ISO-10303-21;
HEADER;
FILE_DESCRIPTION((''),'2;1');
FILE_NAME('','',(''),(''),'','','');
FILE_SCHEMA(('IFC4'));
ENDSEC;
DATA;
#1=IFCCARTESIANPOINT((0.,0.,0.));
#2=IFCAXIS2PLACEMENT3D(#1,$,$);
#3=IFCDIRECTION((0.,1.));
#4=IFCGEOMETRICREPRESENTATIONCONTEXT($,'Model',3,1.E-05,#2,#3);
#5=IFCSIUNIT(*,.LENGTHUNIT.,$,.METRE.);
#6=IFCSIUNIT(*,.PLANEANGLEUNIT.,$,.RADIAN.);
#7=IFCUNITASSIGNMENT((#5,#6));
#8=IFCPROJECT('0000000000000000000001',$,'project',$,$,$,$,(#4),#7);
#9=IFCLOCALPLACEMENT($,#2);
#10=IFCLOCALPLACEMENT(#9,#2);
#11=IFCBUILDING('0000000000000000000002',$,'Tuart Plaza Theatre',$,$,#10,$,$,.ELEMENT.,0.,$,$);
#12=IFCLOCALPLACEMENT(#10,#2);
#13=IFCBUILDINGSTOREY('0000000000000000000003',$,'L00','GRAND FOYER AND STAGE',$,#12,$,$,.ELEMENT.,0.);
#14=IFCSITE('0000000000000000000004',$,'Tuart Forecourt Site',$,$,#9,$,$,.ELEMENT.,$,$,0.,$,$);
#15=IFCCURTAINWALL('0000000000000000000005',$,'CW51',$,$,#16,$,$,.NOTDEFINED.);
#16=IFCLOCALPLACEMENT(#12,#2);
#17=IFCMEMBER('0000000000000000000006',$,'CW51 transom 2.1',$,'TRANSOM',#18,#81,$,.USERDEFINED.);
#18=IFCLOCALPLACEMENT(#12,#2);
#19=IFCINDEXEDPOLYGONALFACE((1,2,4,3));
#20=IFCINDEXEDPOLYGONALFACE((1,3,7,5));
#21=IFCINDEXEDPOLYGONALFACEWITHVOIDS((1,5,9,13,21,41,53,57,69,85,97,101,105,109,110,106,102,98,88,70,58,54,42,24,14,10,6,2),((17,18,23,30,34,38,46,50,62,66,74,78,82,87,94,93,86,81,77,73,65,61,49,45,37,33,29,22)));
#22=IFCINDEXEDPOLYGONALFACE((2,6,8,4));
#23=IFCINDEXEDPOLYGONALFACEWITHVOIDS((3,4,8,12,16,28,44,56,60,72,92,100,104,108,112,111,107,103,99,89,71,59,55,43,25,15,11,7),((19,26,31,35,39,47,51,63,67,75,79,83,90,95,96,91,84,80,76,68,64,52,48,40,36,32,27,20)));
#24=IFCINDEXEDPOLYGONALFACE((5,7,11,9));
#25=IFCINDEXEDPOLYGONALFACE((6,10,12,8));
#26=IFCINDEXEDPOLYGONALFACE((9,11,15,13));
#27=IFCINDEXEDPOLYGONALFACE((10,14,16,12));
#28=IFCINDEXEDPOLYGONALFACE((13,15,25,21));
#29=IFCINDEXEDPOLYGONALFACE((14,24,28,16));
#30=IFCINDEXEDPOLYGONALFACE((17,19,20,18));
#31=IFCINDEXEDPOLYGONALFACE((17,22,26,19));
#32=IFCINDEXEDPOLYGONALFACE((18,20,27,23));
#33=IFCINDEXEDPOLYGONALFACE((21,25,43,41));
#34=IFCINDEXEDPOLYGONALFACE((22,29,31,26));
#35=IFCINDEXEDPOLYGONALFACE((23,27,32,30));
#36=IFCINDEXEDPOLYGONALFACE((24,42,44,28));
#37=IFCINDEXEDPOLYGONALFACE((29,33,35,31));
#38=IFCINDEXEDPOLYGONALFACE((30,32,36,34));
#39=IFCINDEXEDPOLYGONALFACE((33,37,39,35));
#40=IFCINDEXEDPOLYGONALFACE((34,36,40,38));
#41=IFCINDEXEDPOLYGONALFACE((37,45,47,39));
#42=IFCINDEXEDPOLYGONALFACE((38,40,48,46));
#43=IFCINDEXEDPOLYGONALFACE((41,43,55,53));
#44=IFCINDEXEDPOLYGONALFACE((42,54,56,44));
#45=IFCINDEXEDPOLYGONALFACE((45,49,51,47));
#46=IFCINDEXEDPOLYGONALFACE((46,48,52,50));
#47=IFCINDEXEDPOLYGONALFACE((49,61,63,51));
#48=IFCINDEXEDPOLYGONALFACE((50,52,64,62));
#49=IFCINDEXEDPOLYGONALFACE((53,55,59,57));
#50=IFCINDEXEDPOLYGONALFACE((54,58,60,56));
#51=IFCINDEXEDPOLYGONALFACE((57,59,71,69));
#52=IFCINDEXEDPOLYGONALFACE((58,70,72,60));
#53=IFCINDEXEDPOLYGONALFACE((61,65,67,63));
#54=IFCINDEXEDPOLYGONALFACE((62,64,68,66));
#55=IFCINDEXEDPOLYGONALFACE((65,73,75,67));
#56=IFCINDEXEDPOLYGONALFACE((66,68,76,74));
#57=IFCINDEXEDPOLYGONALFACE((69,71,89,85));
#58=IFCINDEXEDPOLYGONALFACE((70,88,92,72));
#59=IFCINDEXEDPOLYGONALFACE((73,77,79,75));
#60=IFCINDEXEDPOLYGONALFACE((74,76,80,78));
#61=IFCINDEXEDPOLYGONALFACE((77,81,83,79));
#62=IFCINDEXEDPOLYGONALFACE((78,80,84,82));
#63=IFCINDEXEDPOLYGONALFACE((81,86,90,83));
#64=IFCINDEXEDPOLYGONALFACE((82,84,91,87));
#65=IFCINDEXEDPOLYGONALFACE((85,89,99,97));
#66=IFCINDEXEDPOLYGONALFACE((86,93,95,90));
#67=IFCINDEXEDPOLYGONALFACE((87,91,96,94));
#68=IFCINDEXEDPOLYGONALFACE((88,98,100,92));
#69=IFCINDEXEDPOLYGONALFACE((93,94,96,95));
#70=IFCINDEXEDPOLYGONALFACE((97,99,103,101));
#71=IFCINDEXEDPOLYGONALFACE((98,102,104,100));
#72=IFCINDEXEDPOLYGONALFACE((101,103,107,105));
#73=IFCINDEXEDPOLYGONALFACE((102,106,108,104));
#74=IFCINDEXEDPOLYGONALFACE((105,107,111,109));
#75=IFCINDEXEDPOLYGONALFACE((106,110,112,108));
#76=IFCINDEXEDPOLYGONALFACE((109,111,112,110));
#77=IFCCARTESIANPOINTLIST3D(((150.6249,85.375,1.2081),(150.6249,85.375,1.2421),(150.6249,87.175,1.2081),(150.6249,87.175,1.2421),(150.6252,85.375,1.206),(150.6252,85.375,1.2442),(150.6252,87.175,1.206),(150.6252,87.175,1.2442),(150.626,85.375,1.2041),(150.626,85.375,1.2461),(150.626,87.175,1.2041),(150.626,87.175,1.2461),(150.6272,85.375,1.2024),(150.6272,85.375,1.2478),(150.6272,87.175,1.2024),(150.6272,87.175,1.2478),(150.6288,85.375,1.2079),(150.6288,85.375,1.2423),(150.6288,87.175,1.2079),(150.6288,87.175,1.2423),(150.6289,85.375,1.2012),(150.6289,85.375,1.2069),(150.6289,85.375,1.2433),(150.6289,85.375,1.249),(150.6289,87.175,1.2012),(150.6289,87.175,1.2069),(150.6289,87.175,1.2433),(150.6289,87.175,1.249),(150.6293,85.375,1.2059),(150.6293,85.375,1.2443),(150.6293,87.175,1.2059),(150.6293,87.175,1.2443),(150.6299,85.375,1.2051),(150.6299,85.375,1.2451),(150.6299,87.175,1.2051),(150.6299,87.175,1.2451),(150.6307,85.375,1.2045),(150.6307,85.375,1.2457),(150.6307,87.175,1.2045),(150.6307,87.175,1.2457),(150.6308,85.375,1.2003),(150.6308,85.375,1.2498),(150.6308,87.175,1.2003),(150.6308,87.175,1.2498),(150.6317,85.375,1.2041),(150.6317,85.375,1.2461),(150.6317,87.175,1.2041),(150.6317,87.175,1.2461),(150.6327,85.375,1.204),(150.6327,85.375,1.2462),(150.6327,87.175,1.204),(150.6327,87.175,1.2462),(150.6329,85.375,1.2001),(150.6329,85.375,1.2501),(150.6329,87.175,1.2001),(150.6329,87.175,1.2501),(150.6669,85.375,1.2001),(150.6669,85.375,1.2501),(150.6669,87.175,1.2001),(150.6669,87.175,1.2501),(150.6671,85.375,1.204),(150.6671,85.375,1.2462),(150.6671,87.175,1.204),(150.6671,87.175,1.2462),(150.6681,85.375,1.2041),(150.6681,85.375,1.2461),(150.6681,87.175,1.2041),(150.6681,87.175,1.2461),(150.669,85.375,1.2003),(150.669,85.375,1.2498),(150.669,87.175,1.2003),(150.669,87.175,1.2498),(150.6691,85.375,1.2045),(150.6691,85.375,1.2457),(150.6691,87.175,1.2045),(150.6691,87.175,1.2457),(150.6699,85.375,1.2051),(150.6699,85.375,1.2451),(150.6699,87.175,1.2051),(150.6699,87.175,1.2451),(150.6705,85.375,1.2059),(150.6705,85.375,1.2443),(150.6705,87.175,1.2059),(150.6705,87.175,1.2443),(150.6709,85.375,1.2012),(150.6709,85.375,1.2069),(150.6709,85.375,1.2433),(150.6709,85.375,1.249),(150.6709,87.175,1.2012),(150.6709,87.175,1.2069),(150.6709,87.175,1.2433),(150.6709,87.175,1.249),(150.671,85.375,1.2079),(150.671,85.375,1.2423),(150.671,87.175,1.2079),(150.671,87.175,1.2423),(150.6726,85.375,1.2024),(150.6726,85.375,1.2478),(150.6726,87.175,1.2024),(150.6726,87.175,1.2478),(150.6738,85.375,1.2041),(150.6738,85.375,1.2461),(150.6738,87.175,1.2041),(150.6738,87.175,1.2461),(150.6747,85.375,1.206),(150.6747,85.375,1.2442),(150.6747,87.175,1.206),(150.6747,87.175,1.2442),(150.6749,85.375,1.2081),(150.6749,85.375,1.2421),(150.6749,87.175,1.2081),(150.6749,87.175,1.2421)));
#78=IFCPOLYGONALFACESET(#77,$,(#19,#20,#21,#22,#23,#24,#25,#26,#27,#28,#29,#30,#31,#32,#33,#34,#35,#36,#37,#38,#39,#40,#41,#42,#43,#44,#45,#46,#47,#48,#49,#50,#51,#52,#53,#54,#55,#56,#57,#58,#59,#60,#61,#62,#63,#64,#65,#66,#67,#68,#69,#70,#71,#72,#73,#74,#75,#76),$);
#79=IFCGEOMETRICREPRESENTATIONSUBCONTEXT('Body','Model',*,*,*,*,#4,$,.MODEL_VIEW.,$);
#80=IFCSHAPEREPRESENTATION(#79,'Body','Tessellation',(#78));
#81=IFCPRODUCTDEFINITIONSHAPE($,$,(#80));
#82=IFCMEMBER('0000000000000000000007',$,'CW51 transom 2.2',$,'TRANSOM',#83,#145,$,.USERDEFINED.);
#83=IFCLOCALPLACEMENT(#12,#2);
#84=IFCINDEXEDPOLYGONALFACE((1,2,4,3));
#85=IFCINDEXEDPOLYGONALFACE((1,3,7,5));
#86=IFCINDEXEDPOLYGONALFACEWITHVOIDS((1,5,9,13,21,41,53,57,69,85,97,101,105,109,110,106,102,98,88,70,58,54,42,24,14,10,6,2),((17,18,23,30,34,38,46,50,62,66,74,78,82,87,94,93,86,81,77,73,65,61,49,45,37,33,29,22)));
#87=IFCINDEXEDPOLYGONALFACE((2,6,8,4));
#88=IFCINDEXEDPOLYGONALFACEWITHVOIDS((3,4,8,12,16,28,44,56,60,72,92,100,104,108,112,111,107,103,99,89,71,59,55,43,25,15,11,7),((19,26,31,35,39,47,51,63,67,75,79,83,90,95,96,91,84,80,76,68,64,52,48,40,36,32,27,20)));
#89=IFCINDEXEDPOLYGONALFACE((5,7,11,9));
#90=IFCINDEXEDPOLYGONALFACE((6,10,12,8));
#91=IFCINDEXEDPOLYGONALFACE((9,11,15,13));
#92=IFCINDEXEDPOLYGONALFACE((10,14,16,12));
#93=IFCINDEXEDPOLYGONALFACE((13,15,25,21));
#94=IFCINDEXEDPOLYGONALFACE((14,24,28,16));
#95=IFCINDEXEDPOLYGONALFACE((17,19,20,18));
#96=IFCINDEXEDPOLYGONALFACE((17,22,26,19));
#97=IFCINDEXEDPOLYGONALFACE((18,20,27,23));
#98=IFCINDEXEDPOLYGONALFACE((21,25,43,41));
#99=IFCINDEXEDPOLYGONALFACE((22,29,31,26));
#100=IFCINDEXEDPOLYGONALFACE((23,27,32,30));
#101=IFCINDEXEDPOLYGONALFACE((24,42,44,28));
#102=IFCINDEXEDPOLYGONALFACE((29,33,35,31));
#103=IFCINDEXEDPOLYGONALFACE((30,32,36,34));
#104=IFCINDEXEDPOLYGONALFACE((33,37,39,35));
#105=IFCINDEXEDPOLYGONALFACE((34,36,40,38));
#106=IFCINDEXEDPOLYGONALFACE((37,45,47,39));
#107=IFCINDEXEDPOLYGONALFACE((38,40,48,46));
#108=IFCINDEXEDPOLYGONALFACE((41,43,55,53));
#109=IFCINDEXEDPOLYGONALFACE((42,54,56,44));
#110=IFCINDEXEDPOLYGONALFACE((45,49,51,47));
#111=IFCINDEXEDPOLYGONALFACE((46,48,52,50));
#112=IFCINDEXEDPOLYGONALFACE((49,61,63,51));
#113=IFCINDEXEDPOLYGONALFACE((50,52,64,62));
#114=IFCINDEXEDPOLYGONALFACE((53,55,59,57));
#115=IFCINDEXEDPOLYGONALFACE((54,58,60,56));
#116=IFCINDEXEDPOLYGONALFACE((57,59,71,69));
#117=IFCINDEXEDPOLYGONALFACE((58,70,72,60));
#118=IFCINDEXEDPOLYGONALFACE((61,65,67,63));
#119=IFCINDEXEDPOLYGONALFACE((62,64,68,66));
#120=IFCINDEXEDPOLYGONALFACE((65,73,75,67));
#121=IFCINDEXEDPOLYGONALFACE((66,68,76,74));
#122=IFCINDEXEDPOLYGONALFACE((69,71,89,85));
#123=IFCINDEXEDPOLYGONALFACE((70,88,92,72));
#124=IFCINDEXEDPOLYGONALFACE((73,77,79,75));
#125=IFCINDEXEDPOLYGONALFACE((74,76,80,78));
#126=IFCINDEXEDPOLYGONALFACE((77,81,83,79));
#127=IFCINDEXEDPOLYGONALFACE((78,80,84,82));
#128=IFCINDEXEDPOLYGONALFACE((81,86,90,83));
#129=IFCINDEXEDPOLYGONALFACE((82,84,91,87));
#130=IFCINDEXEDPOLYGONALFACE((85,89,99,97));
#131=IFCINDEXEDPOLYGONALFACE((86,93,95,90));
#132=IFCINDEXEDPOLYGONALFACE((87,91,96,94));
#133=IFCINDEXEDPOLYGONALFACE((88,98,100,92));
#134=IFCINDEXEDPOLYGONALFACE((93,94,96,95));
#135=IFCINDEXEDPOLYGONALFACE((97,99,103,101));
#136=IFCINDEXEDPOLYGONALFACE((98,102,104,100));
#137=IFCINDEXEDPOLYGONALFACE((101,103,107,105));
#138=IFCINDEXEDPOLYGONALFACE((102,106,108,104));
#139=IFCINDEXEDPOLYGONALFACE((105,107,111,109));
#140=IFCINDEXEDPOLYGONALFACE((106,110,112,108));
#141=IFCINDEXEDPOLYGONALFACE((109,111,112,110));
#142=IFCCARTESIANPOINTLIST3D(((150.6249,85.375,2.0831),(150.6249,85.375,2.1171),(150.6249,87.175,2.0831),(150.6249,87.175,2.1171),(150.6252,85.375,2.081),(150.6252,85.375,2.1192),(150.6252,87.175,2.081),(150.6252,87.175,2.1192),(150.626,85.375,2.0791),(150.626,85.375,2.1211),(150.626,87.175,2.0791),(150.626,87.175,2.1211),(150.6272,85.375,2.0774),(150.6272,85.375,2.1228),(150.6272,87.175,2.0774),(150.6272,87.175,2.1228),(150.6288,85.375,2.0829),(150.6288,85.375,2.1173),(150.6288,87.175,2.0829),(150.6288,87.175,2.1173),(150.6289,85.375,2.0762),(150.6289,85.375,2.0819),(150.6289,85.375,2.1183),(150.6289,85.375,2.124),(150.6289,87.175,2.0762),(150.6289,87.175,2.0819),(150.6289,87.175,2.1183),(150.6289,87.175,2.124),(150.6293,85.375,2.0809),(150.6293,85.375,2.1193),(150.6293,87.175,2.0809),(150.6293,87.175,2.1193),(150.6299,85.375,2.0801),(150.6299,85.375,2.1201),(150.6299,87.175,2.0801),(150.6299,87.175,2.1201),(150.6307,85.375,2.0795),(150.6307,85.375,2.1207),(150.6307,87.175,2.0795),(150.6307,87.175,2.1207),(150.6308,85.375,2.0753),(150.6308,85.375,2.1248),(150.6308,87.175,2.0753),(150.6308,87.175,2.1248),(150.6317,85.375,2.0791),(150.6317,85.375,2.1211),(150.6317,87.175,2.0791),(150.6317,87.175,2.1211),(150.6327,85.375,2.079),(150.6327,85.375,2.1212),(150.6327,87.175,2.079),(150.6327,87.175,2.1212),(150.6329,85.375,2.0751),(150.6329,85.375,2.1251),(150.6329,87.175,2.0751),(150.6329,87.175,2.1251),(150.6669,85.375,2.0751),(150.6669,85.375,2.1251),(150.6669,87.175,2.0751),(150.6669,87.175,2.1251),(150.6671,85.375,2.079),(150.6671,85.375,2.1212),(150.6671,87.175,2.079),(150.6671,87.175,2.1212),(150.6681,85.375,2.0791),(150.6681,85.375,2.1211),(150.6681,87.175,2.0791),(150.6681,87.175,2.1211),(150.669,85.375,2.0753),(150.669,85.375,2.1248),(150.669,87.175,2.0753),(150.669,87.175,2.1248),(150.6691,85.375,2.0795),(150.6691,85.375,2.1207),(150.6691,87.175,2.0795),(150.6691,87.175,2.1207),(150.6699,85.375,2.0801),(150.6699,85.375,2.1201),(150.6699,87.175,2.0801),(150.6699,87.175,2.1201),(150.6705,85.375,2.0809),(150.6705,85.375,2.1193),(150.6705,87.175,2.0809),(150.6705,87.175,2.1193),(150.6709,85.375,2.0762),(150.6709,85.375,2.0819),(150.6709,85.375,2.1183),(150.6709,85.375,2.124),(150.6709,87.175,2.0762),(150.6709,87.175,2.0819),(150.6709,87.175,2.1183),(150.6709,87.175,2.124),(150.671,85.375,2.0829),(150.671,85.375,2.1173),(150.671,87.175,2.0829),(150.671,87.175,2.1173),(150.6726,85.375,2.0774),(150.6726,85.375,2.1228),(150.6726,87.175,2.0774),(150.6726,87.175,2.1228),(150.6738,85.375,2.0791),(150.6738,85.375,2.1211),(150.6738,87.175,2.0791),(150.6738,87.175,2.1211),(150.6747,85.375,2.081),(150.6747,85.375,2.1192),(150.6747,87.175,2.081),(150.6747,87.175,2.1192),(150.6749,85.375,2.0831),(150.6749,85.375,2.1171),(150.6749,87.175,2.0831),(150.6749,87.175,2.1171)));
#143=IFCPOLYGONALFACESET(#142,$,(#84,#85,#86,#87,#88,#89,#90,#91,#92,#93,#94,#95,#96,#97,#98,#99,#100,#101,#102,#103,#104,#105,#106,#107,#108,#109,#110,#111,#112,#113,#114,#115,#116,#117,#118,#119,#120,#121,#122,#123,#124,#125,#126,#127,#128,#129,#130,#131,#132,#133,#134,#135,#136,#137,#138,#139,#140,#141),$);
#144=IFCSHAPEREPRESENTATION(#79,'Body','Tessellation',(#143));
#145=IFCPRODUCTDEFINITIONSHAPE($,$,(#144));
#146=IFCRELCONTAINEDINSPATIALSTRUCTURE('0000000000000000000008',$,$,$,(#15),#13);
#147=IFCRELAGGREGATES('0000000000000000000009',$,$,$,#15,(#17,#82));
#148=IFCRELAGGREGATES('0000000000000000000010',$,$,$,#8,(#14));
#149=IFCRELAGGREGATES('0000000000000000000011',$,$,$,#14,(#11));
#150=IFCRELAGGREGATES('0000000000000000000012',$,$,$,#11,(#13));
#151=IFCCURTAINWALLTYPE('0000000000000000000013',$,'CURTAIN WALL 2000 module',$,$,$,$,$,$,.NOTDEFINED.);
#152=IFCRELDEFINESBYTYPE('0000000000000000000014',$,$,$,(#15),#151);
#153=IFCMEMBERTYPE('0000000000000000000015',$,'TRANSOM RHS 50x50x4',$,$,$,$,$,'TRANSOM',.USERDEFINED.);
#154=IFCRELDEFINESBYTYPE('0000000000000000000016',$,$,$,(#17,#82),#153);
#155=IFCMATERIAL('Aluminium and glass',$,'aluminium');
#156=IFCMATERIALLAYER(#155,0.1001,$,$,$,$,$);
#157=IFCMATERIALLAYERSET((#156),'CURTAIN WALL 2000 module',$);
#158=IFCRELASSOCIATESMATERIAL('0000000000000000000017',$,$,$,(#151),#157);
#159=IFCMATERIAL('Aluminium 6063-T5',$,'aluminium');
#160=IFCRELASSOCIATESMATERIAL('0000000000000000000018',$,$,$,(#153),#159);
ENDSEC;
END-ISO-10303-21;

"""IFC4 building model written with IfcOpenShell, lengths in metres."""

from ifc_helpers import new_model, si_unit, direction, frame, origin, origin_2d, place, context, subcontext, project, spatial, hollow_rectangle, extrude, material, layer, layer_set, material_profile, profile_set, type_object, element, aggregate, save


model = new_model("IFC4")

# Units and contexts
model_context = context("Model", 3, precision=1e-05, world=origin(), true_north=direction((0.0, 1.0)))
body_context = subcontext(model_context, "Body", "Model", "MODEL_VIEW")
ifc_project = project(units=[si_unit("LENGTHUNIT", "METRE"), si_unit("PLANEANGLEUNIT", "RADIAN")], contexts=[model_context])

# Site, building, storey
site_placement = place(None, origin())
site = spatial("IfcSite", under=ifc_project, at=site_placement, Name="Tuart Forecourt Site", CompositionType="ELEMENT", RefElevation=0.0)
building_placement = place(site_placement, origin())
building = spatial("IfcBuilding", under=site, at=building_placement, Name="Tuart Plaza Theatre", CompositionType="ELEMENT", ElevationOfRefHeight=0.0)
storey_placement = place(building_placement, origin())
storey = spatial("IfcBuildingStorey", under=building, at=storey_placement, Name="L00", Description="GRAND FOYER AND STAGE", CompositionType="ELEMENT", Elevation=0.0)

# Curtain wall, members
ifc_material_1 = material(Name="Aluminium and glass", Category="aluminium")
ifc_layer_1 = layer(ifc_material_1, 0.1001)
ifc_layer_set_1 = layer_set([ifc_layer_1], Name="CURTAIN WALL 2000 module")
curtain_wall_type = type_object("IfcCurtainWallType", Name="CURTAIN WALL 2000 module", PredefinedType="NOTDEFINED", material=ifc_layer_set_1)
curtain_wall_placement = place(storey_placement, origin())
curtain_wall = element("IfcCurtainWall", 1, at=curtain_wall_placement, inside=storey, type_object=curtain_wall_type, Name="CW51", PredefinedType="NOTDEFINED")
ifc_material_2 = material(Name="Aluminium 6063-T5", Category="aluminium")
ifc_material_profile_1 = material_profile(ifc_material_2, hollow_rectangle(XDim=0.05, YDim=0.05, WallThickness=0.0039, InnerFilletRadius=0.0039, OuterFilletRadius=0.0081, at=origin_2d()), Name="RHS 50x50x4")
ifc_profile_set_1 = profile_set([ifc_material_profile_1], Name="Aluminium 6063-T5")
member_type_1 = type_object("IfcMemberType", Name="TRANSOM RHS 50x50x4", ElementType="TRANSOM", PredefinedType="USERDEFINED", material=ifc_profile_set_1)
member_1_placement = place(storey_placement, frame((150.6499, 85.375, 1.2251), z_axis=(0.0, 1.0, 0.0), x_axis=(-1.0, 0.0, 0.0)))
member_1 = element("IfcMember", 2, at=member_1_placement, type_object=member_type_1, Name="CW51 transom 2.1", ObjectType="TRANSOM", PredefinedType="USERDEFINED", context=body_context, shape_type="SweptSolid", body=[
    extrude(hollow_rectangle(XDim=0.05, YDim=0.05, WallThickness=0.0039, InnerFilletRadius=0.0039, OuterFilletRadius=0.0081, at=origin_2d()), origin(), (0.0, 0.0, 1.0), 1.8),
])
member_2_placement = place(storey_placement, frame((150.6499, 85.375, 2.1001), z_axis=(0.0, 1.0, 0.0), x_axis=(-1.0, 0.0, 0.0)))
member_2 = element("IfcMember", 3, at=member_2_placement, type_object=member_type_1, Name="CW51 transom 2.2", ObjectType="TRANSOM", PredefinedType="USERDEFINED", context=body_context, shape_type="SweptSolid", body=[
    extrude(hollow_rectangle(XDim=0.05, YDim=0.05, WallThickness=0.0039, InnerFilletRadius=0.0039, OuterFilletRadius=0.0081, at=origin_2d()), origin(), (0.0, 0.0, 1.0), 1.8),
])
aggregate(curtain_wall, [member_1, member_2])

save(model, "model.ifc")
